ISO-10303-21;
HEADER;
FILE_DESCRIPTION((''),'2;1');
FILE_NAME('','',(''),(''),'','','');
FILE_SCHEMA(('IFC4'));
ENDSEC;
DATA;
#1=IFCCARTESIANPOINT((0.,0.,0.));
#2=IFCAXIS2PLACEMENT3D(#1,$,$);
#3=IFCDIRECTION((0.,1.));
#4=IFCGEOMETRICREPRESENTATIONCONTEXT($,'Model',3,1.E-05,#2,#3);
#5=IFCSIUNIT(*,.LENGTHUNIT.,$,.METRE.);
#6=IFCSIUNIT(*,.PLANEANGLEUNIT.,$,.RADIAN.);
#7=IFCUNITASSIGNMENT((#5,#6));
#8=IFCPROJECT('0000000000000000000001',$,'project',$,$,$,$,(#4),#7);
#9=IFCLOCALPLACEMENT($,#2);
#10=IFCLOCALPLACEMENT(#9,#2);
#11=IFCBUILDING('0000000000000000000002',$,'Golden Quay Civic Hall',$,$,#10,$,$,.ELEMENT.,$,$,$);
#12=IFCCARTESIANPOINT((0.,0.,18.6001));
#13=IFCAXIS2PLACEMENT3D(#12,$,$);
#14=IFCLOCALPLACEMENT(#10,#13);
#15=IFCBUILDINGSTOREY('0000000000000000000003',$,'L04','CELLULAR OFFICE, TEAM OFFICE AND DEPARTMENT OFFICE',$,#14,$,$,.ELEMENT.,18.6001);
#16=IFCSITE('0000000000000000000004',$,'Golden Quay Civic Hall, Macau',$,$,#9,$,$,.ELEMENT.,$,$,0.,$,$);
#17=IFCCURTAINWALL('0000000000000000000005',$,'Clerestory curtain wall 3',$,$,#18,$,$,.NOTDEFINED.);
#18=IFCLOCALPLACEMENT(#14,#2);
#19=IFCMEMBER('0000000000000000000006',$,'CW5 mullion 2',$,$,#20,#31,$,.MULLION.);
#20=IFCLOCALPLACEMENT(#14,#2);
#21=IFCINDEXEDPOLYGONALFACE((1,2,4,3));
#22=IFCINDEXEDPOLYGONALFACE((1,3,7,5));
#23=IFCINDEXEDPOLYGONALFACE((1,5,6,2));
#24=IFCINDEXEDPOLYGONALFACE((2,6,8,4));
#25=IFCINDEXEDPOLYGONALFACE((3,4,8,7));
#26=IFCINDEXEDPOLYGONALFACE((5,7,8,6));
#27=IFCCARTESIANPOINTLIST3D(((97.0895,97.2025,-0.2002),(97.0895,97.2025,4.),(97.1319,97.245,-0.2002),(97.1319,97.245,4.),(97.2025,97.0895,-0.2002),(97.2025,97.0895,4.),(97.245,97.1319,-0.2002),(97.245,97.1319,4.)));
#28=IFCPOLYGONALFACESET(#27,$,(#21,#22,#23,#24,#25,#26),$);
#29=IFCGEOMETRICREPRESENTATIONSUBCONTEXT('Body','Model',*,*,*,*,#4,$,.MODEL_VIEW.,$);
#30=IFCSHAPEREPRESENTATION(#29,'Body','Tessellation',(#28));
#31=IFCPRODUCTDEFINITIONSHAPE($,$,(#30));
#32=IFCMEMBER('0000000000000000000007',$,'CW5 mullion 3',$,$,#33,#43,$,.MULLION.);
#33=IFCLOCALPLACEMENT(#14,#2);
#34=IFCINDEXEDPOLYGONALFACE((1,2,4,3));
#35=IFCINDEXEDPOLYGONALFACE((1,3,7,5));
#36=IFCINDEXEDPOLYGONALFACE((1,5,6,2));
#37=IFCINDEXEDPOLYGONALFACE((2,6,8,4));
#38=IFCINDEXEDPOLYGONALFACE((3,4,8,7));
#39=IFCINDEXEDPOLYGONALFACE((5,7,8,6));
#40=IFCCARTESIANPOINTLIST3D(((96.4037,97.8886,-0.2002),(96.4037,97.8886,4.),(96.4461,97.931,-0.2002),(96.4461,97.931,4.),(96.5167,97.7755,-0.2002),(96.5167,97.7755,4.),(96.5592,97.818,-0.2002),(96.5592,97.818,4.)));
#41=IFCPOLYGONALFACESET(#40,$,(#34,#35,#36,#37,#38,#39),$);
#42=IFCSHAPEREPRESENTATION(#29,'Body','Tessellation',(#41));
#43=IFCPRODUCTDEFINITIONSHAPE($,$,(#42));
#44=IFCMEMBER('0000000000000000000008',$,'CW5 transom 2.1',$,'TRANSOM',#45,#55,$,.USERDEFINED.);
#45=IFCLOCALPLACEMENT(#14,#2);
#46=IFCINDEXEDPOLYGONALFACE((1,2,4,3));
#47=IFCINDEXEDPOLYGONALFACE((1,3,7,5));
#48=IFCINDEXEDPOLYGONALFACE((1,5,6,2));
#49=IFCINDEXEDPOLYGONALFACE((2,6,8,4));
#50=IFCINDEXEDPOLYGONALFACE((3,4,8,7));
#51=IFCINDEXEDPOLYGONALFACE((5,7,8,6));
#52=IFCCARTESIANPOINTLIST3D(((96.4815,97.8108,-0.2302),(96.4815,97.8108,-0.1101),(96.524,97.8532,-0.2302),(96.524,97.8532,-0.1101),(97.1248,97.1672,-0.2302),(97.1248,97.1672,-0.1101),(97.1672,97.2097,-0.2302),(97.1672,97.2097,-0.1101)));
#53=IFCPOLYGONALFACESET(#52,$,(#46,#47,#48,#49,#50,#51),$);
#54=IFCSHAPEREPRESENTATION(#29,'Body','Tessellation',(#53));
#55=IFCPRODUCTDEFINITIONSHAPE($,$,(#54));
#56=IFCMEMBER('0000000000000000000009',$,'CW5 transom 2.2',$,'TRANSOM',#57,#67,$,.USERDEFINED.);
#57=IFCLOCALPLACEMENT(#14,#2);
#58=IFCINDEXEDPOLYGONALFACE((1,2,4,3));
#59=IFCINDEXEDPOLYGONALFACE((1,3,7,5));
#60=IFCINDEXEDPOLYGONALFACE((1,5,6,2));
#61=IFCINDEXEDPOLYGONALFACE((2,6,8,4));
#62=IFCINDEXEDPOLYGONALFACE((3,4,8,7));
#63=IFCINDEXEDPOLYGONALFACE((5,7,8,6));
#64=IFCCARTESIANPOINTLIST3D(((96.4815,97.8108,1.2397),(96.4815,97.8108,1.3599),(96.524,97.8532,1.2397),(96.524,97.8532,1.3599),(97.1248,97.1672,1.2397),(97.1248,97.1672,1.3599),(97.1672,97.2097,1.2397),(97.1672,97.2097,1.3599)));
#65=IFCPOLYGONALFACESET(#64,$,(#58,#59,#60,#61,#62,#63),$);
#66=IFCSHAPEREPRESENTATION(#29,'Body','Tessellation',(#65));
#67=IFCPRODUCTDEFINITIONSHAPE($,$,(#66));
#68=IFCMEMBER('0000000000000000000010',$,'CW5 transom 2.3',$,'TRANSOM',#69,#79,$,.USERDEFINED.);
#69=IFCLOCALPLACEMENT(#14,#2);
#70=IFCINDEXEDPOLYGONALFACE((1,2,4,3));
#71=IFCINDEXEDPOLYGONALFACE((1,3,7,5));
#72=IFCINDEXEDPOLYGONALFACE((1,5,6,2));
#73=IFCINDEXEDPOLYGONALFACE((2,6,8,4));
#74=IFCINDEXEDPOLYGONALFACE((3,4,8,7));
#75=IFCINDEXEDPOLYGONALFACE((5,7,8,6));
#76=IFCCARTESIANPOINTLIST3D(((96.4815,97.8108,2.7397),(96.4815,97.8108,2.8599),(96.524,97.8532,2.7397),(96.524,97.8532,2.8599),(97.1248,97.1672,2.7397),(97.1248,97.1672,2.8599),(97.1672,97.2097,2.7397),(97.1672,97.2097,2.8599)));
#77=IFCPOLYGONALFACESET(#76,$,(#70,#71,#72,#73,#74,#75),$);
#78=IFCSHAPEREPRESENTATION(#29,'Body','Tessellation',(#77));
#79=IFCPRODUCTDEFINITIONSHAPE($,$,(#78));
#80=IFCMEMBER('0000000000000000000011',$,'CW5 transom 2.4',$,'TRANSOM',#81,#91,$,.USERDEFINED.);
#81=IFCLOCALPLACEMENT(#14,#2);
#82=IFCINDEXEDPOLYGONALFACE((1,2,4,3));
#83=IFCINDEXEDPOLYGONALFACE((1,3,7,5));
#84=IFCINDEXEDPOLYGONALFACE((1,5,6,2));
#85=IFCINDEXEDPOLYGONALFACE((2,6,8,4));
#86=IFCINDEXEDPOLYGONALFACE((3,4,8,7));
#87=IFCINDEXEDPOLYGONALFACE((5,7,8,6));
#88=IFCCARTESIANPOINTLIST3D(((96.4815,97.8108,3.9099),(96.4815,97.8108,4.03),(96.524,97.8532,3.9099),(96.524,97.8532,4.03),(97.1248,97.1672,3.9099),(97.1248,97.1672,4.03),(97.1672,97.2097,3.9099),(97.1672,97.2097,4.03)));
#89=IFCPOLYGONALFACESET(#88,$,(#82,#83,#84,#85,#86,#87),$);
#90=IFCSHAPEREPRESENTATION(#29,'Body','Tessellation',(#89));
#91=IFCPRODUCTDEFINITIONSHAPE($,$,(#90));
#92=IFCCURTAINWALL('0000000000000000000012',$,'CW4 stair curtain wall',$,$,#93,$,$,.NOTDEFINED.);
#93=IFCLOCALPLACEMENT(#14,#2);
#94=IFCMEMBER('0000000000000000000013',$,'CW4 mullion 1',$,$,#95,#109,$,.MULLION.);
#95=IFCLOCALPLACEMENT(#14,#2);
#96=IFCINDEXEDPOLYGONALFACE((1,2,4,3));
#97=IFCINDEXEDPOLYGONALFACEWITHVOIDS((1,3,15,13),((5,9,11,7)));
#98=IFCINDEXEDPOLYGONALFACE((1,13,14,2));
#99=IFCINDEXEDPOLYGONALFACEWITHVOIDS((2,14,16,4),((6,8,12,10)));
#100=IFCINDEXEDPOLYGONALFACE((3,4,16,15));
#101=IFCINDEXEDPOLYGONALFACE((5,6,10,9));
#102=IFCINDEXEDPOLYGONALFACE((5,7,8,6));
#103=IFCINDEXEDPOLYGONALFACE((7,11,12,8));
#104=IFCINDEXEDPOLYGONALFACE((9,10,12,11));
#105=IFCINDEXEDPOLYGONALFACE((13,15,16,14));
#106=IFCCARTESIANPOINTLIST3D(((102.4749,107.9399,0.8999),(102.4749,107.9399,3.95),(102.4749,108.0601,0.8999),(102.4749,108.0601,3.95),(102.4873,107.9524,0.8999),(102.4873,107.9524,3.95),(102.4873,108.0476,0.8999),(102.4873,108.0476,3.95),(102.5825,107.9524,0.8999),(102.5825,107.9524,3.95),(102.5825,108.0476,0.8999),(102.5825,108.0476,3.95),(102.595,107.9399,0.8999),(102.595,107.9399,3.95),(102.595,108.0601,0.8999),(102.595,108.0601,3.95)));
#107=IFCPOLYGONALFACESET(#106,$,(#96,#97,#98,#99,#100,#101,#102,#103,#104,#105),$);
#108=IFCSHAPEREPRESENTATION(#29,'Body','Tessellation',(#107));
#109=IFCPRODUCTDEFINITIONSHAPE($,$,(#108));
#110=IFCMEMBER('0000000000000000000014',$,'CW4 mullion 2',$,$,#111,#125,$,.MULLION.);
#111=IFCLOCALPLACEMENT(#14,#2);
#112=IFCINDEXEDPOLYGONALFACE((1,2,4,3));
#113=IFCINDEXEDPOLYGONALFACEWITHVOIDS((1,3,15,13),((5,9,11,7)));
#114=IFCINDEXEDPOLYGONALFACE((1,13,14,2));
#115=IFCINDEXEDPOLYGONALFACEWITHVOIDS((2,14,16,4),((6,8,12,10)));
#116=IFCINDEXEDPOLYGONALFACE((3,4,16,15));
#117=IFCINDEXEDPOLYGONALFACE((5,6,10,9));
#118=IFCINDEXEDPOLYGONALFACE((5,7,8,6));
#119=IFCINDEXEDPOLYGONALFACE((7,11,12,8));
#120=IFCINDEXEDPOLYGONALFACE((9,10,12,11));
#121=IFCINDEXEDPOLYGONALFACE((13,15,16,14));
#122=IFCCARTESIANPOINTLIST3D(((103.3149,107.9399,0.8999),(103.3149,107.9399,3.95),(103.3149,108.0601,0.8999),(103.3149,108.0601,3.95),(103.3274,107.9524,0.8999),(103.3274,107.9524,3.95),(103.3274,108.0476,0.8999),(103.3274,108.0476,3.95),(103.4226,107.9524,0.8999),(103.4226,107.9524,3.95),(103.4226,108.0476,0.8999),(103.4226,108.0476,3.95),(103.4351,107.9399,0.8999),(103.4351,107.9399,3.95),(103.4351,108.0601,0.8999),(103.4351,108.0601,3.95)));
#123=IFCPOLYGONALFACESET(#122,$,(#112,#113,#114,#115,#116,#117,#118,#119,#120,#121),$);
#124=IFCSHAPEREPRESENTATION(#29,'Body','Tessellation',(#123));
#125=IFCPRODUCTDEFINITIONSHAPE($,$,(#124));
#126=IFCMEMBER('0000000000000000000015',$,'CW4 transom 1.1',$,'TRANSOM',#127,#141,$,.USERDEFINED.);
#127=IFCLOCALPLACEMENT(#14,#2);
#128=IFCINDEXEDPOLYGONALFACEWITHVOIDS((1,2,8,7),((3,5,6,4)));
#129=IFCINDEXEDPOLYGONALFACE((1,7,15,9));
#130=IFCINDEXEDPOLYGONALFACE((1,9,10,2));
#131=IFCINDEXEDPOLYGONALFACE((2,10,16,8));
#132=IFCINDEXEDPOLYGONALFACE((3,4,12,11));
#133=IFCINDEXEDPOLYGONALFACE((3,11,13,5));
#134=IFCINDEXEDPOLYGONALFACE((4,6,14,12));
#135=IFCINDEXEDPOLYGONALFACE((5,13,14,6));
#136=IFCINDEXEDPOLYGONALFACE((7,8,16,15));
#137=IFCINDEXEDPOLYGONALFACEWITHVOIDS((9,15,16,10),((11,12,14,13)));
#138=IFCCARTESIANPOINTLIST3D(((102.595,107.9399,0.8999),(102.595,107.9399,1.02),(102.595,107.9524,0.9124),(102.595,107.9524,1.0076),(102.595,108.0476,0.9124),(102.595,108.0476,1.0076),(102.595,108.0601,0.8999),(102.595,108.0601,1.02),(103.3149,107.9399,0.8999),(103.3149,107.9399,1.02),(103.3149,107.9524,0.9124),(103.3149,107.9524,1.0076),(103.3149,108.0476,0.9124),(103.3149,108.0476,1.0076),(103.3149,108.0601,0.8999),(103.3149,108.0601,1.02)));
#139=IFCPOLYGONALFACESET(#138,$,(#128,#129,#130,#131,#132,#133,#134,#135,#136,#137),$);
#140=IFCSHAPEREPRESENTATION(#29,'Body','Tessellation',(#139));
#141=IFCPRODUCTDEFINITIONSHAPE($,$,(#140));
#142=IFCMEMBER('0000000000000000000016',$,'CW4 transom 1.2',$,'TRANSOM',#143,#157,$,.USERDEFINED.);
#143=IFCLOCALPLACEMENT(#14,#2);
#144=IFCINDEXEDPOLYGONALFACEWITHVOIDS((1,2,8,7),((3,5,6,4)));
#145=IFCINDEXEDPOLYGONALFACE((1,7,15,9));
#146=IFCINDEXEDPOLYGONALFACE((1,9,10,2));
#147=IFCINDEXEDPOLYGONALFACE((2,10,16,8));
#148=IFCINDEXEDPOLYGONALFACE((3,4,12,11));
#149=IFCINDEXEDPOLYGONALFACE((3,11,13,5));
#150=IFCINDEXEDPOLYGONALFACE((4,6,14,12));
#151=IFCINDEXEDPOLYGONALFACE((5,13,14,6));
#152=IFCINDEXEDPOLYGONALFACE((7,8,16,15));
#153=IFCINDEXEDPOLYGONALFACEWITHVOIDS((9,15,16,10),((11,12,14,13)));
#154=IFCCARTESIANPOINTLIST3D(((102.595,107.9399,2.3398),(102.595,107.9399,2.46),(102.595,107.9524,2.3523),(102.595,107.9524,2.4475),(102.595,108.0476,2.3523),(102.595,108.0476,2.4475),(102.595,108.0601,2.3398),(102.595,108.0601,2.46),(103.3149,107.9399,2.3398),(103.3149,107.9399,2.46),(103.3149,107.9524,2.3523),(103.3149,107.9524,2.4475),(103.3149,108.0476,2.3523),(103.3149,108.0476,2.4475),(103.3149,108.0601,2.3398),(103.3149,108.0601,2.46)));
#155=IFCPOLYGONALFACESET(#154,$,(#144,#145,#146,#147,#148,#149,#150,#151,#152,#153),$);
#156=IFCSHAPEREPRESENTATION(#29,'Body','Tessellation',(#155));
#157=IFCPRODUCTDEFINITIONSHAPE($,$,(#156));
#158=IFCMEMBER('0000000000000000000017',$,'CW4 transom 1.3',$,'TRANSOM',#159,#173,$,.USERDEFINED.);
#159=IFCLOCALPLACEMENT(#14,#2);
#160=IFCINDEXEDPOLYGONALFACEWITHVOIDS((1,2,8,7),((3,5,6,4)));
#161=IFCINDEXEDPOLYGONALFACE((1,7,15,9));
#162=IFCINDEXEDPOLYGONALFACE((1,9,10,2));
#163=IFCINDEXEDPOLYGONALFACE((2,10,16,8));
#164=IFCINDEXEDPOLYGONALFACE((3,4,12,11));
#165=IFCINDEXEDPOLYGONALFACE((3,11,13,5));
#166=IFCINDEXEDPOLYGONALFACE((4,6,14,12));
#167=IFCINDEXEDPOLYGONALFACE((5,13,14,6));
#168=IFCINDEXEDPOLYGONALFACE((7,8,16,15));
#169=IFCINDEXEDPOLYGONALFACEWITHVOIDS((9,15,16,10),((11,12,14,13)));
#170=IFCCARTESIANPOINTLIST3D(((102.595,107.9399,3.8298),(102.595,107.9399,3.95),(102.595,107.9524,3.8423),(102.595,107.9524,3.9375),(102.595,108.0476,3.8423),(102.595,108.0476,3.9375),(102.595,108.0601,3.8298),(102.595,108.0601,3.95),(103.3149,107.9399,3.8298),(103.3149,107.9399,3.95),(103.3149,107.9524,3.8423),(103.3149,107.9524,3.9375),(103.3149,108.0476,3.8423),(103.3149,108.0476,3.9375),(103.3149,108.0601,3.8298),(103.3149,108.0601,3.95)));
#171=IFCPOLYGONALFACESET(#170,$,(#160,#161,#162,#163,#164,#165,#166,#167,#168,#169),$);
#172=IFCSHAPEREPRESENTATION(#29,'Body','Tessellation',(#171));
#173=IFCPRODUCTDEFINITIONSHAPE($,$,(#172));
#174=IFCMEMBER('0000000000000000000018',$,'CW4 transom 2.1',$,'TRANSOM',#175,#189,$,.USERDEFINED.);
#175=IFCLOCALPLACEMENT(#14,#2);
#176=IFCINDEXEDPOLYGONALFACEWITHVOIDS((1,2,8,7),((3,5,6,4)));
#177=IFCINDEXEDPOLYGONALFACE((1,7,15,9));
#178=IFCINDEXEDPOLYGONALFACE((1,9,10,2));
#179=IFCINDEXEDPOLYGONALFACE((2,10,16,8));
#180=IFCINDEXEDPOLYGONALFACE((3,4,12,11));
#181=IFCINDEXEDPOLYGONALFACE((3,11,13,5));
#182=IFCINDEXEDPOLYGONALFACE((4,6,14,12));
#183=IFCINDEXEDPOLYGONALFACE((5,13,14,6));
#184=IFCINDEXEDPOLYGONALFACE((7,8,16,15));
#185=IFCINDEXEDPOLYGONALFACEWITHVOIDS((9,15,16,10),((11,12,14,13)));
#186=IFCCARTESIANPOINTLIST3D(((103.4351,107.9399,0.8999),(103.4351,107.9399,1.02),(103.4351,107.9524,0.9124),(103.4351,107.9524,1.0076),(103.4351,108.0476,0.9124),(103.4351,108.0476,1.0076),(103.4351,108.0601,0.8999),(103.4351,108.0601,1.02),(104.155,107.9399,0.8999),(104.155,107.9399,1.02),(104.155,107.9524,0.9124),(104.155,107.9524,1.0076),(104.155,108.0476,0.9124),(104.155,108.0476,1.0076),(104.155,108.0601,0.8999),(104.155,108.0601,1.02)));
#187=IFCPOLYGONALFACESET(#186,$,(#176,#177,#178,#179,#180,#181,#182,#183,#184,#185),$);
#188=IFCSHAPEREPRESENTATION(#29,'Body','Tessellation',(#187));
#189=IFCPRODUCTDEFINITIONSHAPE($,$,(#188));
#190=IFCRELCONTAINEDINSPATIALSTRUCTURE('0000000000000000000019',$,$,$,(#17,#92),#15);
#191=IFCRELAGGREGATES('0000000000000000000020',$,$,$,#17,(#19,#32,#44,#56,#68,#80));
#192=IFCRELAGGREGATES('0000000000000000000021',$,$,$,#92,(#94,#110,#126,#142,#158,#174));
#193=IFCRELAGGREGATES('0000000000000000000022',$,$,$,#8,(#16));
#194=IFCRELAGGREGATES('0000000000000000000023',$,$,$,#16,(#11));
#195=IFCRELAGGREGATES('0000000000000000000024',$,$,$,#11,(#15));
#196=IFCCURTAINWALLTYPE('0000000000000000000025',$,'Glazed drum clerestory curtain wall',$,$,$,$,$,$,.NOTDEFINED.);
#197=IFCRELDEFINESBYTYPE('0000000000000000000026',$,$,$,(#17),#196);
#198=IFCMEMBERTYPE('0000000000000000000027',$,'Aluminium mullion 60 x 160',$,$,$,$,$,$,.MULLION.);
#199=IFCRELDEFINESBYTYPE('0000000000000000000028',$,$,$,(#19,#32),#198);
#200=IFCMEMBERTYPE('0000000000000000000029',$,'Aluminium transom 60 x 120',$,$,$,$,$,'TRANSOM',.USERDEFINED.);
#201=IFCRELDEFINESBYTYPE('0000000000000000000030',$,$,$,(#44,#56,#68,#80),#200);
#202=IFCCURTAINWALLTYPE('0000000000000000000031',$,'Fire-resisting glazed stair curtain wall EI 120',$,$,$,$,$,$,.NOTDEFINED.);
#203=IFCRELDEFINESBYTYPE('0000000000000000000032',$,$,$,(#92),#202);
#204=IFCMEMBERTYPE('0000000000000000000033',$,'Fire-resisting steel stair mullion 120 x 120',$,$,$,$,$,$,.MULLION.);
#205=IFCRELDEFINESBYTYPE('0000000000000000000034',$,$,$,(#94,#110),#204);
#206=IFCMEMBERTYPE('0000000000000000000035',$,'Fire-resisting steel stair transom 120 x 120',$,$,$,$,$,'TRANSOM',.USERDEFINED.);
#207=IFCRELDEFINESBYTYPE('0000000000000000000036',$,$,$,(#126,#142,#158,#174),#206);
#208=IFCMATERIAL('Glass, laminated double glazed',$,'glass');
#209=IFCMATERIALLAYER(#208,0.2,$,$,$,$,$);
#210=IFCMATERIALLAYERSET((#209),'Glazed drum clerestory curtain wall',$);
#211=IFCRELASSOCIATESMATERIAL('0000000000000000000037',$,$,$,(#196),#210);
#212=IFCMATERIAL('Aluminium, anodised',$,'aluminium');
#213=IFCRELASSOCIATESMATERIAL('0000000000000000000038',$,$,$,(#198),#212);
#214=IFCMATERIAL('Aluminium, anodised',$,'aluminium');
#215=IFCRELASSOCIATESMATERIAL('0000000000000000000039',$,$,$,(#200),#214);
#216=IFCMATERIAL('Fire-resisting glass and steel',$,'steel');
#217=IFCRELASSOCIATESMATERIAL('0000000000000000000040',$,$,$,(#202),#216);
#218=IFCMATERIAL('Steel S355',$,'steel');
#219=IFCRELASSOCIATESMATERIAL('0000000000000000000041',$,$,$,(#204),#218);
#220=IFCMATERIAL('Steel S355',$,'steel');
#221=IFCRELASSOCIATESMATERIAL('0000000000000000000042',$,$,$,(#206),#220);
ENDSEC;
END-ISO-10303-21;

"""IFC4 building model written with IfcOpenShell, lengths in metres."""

from ifc_helpers import new_model, si_unit, direction, frame, origin, origin_2d, place, context, subcontext, project, spatial, rectangle, hollow_rectangle, extrude, material, layer, layer_set, material_profile, profile_set, type_object, element, aggregate, save


model = new_model("IFC4")

# Units and contexts
model_context = context("Model", 3, precision=1e-05, world=origin(), true_north=direction((0.0, 1.0)))
body_context = subcontext(model_context, "Body", "Model", "MODEL_VIEW")
ifc_project = project(units=[si_unit("LENGTHUNIT", "METRE"), si_unit("PLANEANGLEUNIT", "RADIAN")], contexts=[model_context])

# Site, building, storey
site_placement = place(None, origin())
site = spatial("IfcSite", under=ifc_project, at=site_placement, Name="Golden Quay Civic Hall, Macau", CompositionType="ELEMENT", RefElevation=0.0)
building_placement = place(site_placement, origin())
building = spatial("IfcBuilding", under=site, at=building_placement, Name="Golden Quay Civic Hall", CompositionType="ELEMENT")
storey_placement = place(building_placement, frame((0.0, 0.0, 18.6001)))
storey = spatial("IfcBuildingStorey", under=building, at=storey_placement, Name="L04", Description="CELLULAR OFFICE, TEAM OFFICE AND DEPARTMENT OFFICE", CompositionType="ELEMENT", Elevation=18.6001)

# Curtain walls, members
ifc_material_1 = material(Name="Glass, laminated double glazed", Category="glass")
ifc_layer_1 = layer(ifc_material_1, 0.2)
ifc_layer_set_1 = layer_set([ifc_layer_1], Name="Glazed drum clerestory curtain wall")
curtain_wall_type_1 = type_object("IfcCurtainWallType", Name="Glazed drum clerestory curtain wall", PredefinedType="NOTDEFINED", material=ifc_layer_set_1)
curtain_wall_1_placement = place(storey_placement, origin())
curtain_wall_1 = element("IfcCurtainWall", 1, at=curtain_wall_1_placement, inside=storey, type_object=curtain_wall_type_1, Name="Clerestory curtain wall 3", PredefinedType="NOTDEFINED")
ifc_material_2 = material(Name="Aluminium, anodised", Category="aluminium")
ifc_material_profile_1 = material_profile(ifc_material_2, rectangle(XDim=0.0601, YDim=0.1599, at=origin_2d()), Name="Aluminium 60 x 160")
ifc_profile_set_1 = profile_set([ifc_material_profile_1], Name="Aluminium, anodised")
member_type_1 = type_object("IfcMemberType", Name="Aluminium mullion 60 x 160", PredefinedType="MULLION", material=ifc_profile_set_1)
member_1_placement = place(storey_placement, frame((97.1672, 97.1672, -0.2002), z_axis=(0.0, 0.0, 1.0), x_axis=(-0.707107, -0.707107, 0.0)))
member_1 = element("IfcMember", 2, at=member_1_placement, type_object=member_type_1, Name="CW5 mullion 2", PredefinedType="MULLION", context=body_context, shape_type="SweptSolid", body=[
    extrude(rectangle(XDim=0.0601, YDim=0.1599, at=origin_2d()), origin(), (0.0, 0.0, 1.0), 4.2002),
])
member_2_placement = place(storey_placement, frame((96.4814, 97.8533, -0.2002), z_axis=(0.0, 0.0, 1.0), x_axis=(-0.707107, -0.707107, 0.0)))
member_2 = element("IfcMember", 3, at=member_2_placement, type_object=member_type_1, Name="CW5 mullion 3", PredefinedType="MULLION", context=body_context, shape_type="SweptSolid", body=[
    extrude(rectangle(XDim=0.0601, YDim=0.1599, at=origin_2d()), origin(), (0.0, 0.0, 1.0), 4.2002),
])
ifc_material_3 = material(Name="Aluminium, anodised", Category="aluminium")
ifc_material_profile_2 = material_profile(ifc_material_3, rectangle(XDim=0.0601, YDim=0.1201, at=origin_2d()), Name="Aluminium 60 x 120")
ifc_profile_set_2 = profile_set([ifc_material_profile_2], Name="Aluminium, anodised")
member_type_2 = type_object("IfcMemberType", Name="Aluminium transom 60 x 120", ElementType="TRANSOM", PredefinedType="USERDEFINED", material=ifc_profile_set_2)
member_3_placement = place(storey_placement, frame((97.146, 97.1885, -0.1702), z_axis=(-0.706973, 0.707241, 0.0), x_axis=(-0.707241, -0.706973, 0.0)))
member_3 = element("IfcMember", 4, at=member_3_placement, type_object=member_type_2, Name="CW5 transom 2.1", ObjectType="TRANSOM", PredefinedType="USERDEFINED", context=body_context, shape_type="SweptSolid", body=[
    extrude(rectangle(XDim=0.0601, YDim=0.1201, at=origin_2d()), origin(), (0.0, 0.0, 1.0), 0.9099),
])
member_4_placement = place(storey_placement, frame((97.146, 97.1885, 1.2998), z_axis=(-0.706973, 0.707241, 0.0), x_axis=(-0.707241, -0.706973, 0.0)))
member_4 = element("IfcMember", 5, at=member_4_placement, type_object=member_type_2, Name="CW5 transom 2.2", ObjectType="TRANSOM", PredefinedType="USERDEFINED", context=body_context, shape_type="SweptSolid", body=[
    extrude(rectangle(XDim=0.0601, YDim=0.1201, at=origin_2d()), origin(), (0.0, 0.0, 1.0), 0.9099),
])
member_5_placement = place(storey_placement, frame((97.146, 97.1885, 2.7998), z_axis=(-0.706973, 0.707241, 0.0), x_axis=(-0.707241, -0.706973, 0.0)))
member_5 = element("IfcMember", 6, at=member_5_placement, type_object=member_type_2, Name="CW5 transom 2.3", ObjectType="TRANSOM", PredefinedType="USERDEFINED", context=body_context, shape_type="SweptSolid", body=[
    extrude(rectangle(XDim=0.0601, YDim=0.1201, at=origin_2d()), origin(), (0.0, 0.0, 1.0), 0.9099),
])
member_6_placement = place(storey_placement, frame((97.146, 97.1885, 3.97), z_axis=(-0.706973, 0.707241, 0.0), x_axis=(-0.707241, -0.706973, 0.0)))
member_6 = element("IfcMember", 7, at=member_6_placement, type_object=member_type_2, Name="CW5 transom 2.4", ObjectType="TRANSOM", PredefinedType="USERDEFINED", context=body_context, shape_type="SweptSolid", body=[
    extrude(rectangle(XDim=0.0601, YDim=0.1201, at=origin_2d()), origin(), (0.0, 0.0, 1.0), 0.9099),
])
ifc_material_4 = material(Name="Fire-resisting glass and steel", Category="steel")
curtain_wall_type_2 = type_object("IfcCurtainWallType", Name="Fire-resisting glazed stair curtain wall EI 120", PredefinedType="NOTDEFINED", material=ifc_material_4)
curtain_wall_2_placement = place(storey_placement, origin())
curtain_wall_2 = element("IfcCurtainWall", 8, at=curtain_wall_2_placement, inside=storey, type_object=curtain_wall_type_2, Name="CW4 stair curtain wall", PredefinedType="NOTDEFINED")
ifc_material_5 = material(Name="Steel S355", Category="steel")
ifc_material_profile_3 = material_profile(ifc_material_5, hollow_rectangle(XDim=0.1201, YDim=0.1201, WallThickness=0.0125, at=origin_2d()), Name="SHS 120x120x12.5")
ifc_profile_set_3 = profile_set([ifc_material_profile_3], Name="Steel S355")
member_type_3 = type_object("IfcMemberType", Name="Fire-resisting steel stair mullion 120 x 120", PredefinedType="MULLION", material=ifc_profile_set_3)
member_7_placement = place(storey_placement, frame((102.5349, 108.0, 0.8999), z_axis=(0.0, 0.0, 1.0), x_axis=(0.0, 1.0, 0.0)))
member_7 = element("IfcMember", 9, at=member_7_placement, type_object=member_type_3, Name="CW4 mullion 1", PredefinedType="MULLION", context=body_context, shape_type="SweptSolid", body=[
    extrude(hollow_rectangle(XDim=0.1201, YDim=0.1201, WallThickness=0.0125, at=origin_2d()), origin(), (0.0, 0.0, 1.0), 3.05),
])
member_8_placement = place(storey_placement, frame((103.375, 108.0, 0.8999), z_axis=(0.0, 0.0, 1.0), x_axis=(0.0, 1.0, 0.0)))
member_8 = element("IfcMember", 10, at=member_8_placement, type_object=member_type_3, Name="CW4 mullion 2", PredefinedType="MULLION", context=body_context, shape_type="SweptSolid", body=[
    extrude(hollow_rectangle(XDim=0.1201, YDim=0.1201, WallThickness=0.0125, at=origin_2d()), origin(), (0.0, 0.0, 1.0), 3.05),
])
ifc_material_6 = material(Name="Steel S355", Category="steel")
ifc_material_profile_4 = material_profile(ifc_material_6, hollow_rectangle(XDim=0.1201, YDim=0.1201, WallThickness=0.0125, at=origin_2d()), Name="SHS 120x120x12.5")
ifc_profile_set_4 = profile_set([ifc_material_profile_4], Name="Steel S355")
member_type_4 = type_object("IfcMemberType", Name="Fire-resisting steel stair transom 120 x 120", ElementType="TRANSOM", PredefinedType="USERDEFINED", material=ifc_profile_set_4)
member_9_placement = place(storey_placement, frame((102.595, 108.0, 0.96), z_axis=(1.0, 0.0, 0.0), x_axis=(0.0, 1.0, 0.0)))
member_9 = element("IfcMember", 11, at=member_9_placement, type_object=member_type_4, Name="CW4 transom 1.1", ObjectType="TRANSOM", PredefinedType="USERDEFINED", context=body_context, shape_type="SweptSolid", body=[
    extrude(hollow_rectangle(XDim=0.1201, YDim=0.1201, WallThickness=0.0125, at=origin_2d()), origin(), (0.0, 0.0, 1.0), 0.72),
])
member_10_placement = place(storey_placement, frame((102.595, 108.0, 2.3999), z_axis=(1.0, 0.0, 0.0), x_axis=(0.0, 1.0, 0.0)))
member_10 = element("IfcMember", 12, at=member_10_placement, type_object=member_type_4, Name="CW4 transom 1.2", ObjectType="TRANSOM", PredefinedType="USERDEFINED", context=body_context, shape_type="SweptSolid", body=[
    extrude(hollow_rectangle(XDim=0.1201, YDim=0.1201, WallThickness=0.0125, at=origin_2d()), origin(), (0.0, 0.0, 1.0), 0.72),
])
member_11_placement = place(storey_placement, frame((102.595, 108.0, 3.8899), z_axis=(1.0, 0.0, 0.0), x_axis=(0.0, 1.0, 0.0)))
member_11 = element("IfcMember", 13, at=member_11_placement, type_object=member_type_4, Name="CW4 transom 1.3", ObjectType="TRANSOM", PredefinedType="USERDEFINED", context=body_context, shape_type="SweptSolid", body=[
    extrude(hollow_rectangle(XDim=0.1201, YDim=0.1201, WallThickness=0.0125, at=origin_2d()), origin(), (0.0, 0.0, 1.0), 0.72),
])
member_12_placement = place(storey_placement, frame((103.4351, 108.0, 0.96), z_axis=(1.0, 0.0, 0.0), x_axis=(0.0, 1.0, 0.0)))
member_12 = element("IfcMember", 14, at=member_12_placement, type_object=member_type_4, Name="CW4 transom 2.1", ObjectType="TRANSOM", PredefinedType="USERDEFINED", context=body_context, shape_type="SweptSolid", body=[
    extrude(hollow_rectangle(XDim=0.1201, YDim=0.1201, WallThickness=0.0125, at=origin_2d()), origin(), (0.0, 0.0, 1.0), 0.72),
])

aggregate(curtain_wall_1, [member_1, member_2, member_3, member_4, member_5, member_6])
aggregate(curtain_wall_2, [member_7, member_8, member_9, member_10, member_11, member_12])

save(model, "model.ifc")
